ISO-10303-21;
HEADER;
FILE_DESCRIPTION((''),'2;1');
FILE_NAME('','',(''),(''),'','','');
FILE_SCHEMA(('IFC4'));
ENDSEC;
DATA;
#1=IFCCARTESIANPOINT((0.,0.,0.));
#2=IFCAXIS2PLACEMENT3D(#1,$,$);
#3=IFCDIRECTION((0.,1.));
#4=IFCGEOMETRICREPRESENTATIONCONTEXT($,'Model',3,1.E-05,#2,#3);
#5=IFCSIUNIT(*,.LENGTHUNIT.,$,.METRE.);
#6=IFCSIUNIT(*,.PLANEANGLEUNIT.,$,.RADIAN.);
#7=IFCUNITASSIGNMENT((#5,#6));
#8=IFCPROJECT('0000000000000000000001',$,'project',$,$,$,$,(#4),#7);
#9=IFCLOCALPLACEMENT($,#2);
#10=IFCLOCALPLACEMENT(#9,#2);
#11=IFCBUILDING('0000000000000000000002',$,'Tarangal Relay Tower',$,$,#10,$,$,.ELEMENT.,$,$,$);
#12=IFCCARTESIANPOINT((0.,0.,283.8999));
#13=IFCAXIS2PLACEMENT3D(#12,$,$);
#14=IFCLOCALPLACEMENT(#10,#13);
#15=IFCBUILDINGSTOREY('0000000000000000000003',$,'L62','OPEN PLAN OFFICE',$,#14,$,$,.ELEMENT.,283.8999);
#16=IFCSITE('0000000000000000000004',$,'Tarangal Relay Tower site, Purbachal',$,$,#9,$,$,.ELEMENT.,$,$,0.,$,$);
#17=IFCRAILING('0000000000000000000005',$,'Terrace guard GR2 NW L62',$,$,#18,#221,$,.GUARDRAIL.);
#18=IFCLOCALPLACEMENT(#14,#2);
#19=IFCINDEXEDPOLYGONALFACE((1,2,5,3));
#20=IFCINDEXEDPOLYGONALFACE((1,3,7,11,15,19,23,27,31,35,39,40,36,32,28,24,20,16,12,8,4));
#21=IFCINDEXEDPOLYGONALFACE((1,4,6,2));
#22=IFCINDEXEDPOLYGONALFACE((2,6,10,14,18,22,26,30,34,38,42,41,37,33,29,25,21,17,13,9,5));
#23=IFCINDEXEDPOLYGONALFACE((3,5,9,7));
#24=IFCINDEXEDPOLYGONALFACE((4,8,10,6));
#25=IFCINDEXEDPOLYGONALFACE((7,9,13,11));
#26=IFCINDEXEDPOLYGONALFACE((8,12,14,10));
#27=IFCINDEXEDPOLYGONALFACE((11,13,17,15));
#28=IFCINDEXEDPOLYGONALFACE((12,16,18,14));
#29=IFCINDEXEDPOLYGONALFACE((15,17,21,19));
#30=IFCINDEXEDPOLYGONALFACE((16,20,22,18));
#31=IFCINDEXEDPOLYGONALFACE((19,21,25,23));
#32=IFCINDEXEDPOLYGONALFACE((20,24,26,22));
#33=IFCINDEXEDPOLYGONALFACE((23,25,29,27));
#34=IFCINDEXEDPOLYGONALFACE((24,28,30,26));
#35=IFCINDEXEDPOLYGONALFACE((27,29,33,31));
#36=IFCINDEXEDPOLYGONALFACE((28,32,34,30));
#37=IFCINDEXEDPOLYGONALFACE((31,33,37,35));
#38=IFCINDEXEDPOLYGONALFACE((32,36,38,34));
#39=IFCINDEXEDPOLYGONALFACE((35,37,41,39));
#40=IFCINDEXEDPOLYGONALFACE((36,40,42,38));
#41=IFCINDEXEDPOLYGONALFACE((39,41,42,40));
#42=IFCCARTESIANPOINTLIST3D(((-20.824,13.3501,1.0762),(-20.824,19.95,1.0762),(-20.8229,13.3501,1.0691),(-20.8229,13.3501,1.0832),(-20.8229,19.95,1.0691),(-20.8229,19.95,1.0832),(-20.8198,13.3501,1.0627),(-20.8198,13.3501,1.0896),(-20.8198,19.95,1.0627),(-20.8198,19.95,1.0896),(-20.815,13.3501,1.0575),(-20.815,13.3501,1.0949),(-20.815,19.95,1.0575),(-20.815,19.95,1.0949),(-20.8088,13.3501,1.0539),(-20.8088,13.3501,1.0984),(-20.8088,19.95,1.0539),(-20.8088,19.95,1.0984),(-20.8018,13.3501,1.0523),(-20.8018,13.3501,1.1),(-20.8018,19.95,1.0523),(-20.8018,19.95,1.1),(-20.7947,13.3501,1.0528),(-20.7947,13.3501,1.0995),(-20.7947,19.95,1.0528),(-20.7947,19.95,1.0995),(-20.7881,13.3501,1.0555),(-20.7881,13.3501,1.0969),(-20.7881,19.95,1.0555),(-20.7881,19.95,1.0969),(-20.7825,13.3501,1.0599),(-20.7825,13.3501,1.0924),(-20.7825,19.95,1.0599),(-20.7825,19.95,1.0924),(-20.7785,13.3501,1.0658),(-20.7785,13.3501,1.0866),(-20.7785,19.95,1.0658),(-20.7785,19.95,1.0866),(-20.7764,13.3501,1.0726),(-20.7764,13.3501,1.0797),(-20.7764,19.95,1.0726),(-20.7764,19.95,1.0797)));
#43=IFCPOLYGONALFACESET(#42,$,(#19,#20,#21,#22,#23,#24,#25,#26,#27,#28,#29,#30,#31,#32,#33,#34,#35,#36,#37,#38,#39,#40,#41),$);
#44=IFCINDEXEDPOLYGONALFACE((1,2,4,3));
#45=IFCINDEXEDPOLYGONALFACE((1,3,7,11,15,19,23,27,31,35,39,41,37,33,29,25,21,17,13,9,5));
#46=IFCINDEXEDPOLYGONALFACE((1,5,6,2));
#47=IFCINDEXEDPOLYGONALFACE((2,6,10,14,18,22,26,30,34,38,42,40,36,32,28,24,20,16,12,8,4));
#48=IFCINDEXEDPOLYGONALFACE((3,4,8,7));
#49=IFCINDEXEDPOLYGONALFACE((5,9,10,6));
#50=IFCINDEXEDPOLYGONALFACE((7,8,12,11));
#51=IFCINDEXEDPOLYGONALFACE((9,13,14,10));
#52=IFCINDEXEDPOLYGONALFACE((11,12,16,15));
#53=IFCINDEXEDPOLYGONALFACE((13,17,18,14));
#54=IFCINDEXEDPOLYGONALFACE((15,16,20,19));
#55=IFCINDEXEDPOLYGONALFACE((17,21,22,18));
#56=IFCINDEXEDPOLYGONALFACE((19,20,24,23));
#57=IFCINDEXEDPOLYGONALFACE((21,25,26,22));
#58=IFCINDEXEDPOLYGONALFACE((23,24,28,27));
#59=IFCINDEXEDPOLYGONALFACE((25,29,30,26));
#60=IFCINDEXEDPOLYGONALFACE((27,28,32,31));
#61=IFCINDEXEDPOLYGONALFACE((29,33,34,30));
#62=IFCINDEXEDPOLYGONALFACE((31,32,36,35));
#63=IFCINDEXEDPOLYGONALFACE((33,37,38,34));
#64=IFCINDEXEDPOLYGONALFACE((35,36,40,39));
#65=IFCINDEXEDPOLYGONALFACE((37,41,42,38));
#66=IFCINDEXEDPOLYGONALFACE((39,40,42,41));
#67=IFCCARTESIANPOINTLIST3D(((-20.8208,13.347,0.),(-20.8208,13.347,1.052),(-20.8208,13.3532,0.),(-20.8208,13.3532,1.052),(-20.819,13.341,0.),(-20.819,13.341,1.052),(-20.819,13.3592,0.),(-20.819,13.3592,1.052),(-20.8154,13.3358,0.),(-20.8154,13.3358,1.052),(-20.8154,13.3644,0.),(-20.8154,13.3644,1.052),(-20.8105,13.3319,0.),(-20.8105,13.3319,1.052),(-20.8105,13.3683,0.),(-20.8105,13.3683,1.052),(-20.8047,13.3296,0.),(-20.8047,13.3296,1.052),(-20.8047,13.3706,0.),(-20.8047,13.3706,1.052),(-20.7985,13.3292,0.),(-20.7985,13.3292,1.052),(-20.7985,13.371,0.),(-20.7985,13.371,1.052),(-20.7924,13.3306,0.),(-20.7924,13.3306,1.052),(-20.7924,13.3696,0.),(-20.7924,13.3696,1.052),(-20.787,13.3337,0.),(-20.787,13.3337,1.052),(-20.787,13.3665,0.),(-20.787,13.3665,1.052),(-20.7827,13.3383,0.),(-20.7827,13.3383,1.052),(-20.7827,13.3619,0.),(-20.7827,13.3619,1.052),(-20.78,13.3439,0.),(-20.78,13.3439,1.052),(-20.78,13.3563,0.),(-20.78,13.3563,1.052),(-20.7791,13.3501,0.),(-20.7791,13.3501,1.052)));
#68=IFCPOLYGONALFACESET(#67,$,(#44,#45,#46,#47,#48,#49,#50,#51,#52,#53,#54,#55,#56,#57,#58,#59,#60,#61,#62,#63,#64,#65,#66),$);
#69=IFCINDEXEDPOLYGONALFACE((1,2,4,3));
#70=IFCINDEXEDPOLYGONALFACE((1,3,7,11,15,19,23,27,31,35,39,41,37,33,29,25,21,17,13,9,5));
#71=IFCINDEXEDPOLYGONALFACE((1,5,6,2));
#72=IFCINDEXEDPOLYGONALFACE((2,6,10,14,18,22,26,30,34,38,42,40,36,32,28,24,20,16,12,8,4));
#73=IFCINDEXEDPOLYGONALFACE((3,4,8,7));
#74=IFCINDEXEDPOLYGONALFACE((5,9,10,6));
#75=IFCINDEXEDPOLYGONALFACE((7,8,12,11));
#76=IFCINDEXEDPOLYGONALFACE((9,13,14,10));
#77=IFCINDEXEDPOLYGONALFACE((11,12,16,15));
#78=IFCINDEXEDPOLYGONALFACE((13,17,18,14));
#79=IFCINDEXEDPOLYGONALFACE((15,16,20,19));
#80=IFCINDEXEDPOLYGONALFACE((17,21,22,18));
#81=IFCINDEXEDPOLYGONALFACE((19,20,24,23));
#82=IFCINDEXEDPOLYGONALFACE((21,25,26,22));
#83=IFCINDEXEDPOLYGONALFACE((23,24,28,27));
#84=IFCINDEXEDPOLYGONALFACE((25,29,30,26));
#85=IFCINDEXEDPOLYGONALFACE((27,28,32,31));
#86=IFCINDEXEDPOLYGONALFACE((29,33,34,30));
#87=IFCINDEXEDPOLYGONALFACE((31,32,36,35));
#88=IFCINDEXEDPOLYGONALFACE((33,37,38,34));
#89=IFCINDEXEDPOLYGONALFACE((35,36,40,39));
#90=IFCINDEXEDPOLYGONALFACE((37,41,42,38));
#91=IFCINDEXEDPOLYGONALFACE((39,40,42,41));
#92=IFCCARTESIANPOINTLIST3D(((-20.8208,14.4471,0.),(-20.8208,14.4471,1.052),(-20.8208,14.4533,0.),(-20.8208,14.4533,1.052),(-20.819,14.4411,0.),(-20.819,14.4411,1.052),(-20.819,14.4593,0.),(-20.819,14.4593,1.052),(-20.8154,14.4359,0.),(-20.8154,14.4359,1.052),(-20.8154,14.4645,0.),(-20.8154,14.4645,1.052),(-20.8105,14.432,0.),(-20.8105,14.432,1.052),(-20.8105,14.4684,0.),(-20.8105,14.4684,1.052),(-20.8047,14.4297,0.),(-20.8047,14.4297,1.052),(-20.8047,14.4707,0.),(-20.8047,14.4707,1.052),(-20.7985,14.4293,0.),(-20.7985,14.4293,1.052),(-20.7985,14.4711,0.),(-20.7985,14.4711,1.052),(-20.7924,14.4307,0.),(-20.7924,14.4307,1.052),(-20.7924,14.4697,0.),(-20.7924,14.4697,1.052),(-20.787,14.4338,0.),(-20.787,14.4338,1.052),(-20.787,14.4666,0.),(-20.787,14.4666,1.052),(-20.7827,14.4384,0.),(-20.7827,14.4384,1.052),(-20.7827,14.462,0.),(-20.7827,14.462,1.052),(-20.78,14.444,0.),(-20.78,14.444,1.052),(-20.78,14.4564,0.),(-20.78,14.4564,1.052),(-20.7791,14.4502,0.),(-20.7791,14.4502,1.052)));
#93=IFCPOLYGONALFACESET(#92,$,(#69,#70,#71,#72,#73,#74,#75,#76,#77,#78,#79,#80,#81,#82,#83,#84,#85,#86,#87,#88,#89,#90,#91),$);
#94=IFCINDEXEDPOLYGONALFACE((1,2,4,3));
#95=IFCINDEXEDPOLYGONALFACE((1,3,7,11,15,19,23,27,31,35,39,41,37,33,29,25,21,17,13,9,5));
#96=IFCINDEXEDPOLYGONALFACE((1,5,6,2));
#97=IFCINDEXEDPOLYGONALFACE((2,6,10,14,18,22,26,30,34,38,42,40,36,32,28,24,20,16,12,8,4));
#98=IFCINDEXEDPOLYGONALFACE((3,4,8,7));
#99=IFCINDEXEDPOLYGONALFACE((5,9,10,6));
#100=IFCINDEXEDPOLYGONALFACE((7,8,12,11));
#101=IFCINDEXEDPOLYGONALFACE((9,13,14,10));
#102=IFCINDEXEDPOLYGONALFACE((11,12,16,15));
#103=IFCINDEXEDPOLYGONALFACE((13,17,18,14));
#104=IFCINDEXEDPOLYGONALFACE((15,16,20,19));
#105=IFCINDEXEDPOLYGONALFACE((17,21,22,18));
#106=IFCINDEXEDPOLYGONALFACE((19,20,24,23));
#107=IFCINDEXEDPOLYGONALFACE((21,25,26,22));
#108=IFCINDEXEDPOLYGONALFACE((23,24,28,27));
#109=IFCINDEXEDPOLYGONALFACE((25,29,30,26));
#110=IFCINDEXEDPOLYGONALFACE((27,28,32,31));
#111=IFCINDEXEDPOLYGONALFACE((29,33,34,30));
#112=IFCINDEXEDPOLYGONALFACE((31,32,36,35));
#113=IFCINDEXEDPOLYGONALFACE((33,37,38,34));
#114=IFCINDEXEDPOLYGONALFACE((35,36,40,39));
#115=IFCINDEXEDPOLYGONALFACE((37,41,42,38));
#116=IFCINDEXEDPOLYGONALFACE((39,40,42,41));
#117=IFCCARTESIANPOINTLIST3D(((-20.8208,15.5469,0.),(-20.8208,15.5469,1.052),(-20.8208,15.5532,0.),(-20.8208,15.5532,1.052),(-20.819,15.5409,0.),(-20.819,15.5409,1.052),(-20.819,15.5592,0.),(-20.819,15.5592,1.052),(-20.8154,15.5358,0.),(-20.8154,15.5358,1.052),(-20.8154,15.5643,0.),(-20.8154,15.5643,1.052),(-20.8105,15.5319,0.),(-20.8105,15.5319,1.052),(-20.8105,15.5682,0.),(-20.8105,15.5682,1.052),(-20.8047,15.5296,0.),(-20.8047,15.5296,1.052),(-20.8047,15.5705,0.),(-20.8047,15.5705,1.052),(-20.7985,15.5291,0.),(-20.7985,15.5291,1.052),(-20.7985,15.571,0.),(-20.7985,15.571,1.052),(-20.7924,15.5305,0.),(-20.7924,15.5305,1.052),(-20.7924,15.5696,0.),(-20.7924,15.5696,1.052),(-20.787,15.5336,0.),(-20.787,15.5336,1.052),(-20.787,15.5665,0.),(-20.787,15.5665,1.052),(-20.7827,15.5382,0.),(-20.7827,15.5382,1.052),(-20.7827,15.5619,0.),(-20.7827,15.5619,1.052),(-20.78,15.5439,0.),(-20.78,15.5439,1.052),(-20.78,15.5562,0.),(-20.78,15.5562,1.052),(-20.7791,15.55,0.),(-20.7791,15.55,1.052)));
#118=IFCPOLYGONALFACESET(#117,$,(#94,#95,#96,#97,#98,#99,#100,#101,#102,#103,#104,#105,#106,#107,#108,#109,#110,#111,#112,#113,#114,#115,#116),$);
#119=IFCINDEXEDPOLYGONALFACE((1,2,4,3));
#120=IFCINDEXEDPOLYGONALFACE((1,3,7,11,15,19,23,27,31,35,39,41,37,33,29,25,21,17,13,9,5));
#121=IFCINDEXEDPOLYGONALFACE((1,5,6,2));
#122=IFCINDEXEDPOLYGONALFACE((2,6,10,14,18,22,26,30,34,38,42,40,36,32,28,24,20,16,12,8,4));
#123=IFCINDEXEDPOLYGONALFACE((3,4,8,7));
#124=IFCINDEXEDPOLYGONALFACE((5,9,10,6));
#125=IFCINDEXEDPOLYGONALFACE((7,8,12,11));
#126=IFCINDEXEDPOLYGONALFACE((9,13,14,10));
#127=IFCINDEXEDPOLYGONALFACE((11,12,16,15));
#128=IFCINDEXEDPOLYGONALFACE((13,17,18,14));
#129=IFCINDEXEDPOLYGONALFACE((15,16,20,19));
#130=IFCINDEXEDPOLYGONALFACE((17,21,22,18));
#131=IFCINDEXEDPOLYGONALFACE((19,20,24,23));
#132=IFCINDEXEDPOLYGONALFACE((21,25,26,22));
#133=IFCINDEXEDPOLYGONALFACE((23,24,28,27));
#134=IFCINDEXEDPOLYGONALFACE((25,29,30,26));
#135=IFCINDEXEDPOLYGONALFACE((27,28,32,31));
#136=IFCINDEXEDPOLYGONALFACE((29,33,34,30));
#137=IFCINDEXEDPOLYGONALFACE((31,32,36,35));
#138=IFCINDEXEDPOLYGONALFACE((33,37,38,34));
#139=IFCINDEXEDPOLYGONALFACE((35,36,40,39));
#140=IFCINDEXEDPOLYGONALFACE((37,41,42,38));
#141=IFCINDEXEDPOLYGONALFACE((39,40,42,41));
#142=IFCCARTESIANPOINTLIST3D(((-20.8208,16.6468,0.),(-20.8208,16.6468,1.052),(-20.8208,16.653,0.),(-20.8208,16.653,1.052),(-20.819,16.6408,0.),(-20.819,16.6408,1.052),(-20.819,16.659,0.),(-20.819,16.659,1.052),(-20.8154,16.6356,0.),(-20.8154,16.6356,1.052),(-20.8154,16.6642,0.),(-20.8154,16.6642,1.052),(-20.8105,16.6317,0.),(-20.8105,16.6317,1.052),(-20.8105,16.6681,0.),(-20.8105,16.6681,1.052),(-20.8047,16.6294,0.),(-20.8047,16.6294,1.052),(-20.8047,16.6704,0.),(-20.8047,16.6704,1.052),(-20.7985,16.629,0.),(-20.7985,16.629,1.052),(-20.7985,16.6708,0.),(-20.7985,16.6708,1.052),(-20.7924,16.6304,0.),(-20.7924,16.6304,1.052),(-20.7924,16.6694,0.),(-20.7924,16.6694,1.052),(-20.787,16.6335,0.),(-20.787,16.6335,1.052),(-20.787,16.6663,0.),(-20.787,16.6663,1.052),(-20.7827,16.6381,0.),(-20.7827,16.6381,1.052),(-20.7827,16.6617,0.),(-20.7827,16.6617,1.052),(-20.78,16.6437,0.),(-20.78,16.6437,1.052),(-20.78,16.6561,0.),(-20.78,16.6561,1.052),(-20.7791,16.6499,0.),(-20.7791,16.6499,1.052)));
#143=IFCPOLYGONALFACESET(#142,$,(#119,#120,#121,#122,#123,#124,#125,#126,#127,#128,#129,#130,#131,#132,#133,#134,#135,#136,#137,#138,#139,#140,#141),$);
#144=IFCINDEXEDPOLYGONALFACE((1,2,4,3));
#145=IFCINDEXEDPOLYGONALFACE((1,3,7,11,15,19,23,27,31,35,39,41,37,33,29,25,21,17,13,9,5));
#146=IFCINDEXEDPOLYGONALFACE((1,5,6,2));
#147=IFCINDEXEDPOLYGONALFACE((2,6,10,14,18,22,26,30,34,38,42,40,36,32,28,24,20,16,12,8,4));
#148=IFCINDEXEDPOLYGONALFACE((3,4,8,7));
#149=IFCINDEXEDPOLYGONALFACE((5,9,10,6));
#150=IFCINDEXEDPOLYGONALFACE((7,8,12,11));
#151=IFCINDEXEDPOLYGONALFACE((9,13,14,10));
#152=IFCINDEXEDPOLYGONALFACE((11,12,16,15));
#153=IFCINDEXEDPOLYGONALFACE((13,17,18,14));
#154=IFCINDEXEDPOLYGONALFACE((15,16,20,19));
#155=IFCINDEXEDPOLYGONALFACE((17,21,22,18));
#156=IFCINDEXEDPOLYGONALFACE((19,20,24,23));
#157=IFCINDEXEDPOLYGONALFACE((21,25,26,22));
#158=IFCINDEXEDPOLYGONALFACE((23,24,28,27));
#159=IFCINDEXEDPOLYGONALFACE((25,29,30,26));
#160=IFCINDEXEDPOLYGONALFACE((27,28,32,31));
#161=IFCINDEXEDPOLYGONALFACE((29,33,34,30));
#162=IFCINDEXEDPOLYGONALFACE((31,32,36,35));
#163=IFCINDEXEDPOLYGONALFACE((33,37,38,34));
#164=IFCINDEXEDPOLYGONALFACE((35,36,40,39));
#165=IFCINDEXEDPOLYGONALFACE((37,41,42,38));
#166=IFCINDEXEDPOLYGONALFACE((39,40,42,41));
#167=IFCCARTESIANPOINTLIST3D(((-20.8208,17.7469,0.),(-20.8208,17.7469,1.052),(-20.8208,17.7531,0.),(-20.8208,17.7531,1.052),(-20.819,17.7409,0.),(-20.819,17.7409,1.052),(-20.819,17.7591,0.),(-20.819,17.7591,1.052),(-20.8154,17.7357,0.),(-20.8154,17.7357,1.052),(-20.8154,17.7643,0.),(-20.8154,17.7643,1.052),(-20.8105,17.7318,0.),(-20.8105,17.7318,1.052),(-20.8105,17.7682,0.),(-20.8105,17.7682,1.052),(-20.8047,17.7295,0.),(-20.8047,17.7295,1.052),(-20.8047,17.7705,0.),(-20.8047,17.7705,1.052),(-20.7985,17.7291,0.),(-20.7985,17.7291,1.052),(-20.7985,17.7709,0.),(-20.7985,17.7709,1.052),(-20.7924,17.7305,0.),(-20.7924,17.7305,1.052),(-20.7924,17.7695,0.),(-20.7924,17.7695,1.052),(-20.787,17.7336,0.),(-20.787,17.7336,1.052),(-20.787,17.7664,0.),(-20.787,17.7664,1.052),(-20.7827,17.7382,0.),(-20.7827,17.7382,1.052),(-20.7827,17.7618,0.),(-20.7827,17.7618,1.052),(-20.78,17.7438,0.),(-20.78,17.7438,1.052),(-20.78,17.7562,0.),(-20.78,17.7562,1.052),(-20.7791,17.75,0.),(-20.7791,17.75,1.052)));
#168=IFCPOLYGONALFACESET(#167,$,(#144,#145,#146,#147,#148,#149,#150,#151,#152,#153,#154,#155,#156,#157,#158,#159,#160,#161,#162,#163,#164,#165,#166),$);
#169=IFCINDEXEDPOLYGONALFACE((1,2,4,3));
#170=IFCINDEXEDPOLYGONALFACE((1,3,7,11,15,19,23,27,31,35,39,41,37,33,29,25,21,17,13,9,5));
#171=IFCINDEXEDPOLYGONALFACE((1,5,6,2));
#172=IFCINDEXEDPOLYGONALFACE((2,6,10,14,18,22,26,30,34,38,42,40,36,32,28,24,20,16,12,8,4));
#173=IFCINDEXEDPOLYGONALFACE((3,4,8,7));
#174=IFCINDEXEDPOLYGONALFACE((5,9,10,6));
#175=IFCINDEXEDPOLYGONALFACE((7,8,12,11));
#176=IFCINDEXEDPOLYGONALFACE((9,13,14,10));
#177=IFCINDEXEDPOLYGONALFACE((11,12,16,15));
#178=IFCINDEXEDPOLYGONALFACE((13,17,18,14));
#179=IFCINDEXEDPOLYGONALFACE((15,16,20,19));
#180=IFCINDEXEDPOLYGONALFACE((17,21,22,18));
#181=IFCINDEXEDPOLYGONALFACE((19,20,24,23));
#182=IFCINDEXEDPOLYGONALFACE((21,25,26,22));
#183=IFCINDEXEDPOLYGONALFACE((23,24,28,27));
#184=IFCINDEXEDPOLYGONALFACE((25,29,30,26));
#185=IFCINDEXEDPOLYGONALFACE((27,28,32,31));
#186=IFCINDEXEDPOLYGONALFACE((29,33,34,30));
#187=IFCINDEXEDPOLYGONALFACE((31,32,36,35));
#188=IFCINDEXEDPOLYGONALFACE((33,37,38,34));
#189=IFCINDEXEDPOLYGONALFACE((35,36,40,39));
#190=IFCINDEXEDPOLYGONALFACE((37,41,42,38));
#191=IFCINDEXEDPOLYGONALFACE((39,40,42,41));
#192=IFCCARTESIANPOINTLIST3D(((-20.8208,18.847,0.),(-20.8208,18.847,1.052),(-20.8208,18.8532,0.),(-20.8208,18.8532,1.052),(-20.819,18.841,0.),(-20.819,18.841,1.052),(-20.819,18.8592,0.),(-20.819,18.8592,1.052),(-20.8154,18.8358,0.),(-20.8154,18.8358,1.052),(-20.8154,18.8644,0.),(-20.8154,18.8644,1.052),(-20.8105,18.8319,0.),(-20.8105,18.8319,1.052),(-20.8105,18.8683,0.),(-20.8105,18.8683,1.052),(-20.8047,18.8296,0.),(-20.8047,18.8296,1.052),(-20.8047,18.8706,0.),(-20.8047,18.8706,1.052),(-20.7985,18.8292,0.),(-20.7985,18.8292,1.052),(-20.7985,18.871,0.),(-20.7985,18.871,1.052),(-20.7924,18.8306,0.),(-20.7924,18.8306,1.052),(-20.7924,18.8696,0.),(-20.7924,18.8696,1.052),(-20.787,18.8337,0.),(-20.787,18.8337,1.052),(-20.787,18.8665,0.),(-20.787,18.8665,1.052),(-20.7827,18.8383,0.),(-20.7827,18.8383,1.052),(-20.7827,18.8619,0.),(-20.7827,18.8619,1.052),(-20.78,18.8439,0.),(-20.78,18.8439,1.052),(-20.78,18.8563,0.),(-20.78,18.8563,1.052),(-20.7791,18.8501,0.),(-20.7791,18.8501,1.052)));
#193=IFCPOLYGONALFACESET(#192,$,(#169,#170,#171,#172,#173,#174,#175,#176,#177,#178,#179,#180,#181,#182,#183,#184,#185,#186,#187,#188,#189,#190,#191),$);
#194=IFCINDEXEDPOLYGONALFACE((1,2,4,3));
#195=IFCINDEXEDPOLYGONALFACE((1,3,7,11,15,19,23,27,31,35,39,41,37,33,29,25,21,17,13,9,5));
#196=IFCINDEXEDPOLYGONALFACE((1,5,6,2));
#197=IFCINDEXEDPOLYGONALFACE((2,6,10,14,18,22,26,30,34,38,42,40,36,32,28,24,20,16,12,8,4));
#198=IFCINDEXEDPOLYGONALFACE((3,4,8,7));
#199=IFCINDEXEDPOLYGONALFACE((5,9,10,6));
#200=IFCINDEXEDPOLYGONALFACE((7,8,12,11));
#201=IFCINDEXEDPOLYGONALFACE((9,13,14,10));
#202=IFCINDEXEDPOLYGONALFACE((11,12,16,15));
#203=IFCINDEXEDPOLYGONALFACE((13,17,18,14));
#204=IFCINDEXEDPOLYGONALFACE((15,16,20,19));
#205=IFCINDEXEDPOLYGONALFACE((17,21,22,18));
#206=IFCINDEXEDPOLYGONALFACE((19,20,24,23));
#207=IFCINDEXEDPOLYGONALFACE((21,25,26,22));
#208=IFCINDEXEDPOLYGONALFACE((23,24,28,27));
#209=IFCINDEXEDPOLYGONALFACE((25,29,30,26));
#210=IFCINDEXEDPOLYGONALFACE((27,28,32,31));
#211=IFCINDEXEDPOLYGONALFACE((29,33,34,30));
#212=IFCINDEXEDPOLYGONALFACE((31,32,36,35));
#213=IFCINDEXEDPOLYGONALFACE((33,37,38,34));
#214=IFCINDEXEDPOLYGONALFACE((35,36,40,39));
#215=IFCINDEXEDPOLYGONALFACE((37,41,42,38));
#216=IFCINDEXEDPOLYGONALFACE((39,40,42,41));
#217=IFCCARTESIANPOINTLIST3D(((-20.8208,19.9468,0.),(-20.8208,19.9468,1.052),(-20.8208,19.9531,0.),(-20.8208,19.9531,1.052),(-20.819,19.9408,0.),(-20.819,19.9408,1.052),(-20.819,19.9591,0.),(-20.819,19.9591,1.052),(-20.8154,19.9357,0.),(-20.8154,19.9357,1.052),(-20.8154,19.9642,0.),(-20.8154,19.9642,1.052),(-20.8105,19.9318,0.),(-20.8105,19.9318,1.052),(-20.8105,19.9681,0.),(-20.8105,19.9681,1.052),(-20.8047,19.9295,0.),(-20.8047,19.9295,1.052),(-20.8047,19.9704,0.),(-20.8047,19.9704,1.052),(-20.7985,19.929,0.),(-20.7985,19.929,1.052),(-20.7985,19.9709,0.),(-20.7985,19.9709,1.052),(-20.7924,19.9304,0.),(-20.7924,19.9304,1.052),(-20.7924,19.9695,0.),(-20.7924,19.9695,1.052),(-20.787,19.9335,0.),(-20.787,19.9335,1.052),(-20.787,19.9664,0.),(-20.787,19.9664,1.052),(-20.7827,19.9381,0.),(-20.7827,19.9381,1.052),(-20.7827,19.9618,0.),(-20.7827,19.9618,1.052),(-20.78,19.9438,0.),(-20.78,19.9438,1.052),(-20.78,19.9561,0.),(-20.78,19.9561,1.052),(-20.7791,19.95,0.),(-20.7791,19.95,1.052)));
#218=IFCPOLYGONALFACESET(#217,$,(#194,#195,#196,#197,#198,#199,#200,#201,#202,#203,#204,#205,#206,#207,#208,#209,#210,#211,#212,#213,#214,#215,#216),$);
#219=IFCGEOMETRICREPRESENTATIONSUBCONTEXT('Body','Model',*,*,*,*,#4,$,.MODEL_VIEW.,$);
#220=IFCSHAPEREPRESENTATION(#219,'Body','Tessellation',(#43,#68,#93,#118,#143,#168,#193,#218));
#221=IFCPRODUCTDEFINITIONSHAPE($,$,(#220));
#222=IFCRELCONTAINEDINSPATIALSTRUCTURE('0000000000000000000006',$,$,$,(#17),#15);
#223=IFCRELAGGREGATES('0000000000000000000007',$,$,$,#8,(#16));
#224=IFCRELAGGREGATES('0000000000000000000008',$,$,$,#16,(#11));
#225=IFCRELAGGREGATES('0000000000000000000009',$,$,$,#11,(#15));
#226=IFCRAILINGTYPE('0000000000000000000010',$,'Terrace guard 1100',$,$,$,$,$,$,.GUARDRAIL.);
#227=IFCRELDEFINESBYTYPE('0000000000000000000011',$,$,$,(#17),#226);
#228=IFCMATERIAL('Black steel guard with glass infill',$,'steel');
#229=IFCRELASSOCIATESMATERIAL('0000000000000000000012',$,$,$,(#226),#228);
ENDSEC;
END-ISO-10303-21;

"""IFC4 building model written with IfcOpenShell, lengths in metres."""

from ifc_helpers import new_model, si_unit, direction, frame, origin, origin_2d, place, context, subcontext, project, spatial, circle, extrude, material, type_object, element, save


model = new_model("IFC4")

# Units and contexts
model_context = context("Model", 3, precision=1e-05, world=origin(), true_north=direction((0.0, 1.0)))
body_context = subcontext(model_context, "Body", "Model", "MODEL_VIEW")
ifc_project = project(units=[si_unit("LENGTHUNIT", "METRE"), si_unit("PLANEANGLEUNIT", "RADIAN")], contexts=[model_context])

# Site, building, storey
site_placement = place(None, origin())
site = spatial("IfcSite", under=ifc_project, at=site_placement, Name="Tarangal Relay Tower site, Purbachal", CompositionType="ELEMENT", RefElevation=0.0)
building_placement = place(site_placement, origin())
building = spatial("IfcBuilding", under=site, at=building_placement, Name="Tarangal Relay Tower", CompositionType="ELEMENT")
storey_placement = place(building_placement, frame((0.0, 0.0, 283.8999)))
storey = spatial("IfcBuildingStorey", under=building, at=storey_placement, Name="L62", Description="OPEN PLAN OFFICE", CompositionType="ELEMENT", Elevation=283.8999)

# Railing
ifc_material_1 = material(Name="Black steel guard with glass infill", Category="steel")
railing_type = type_object("IfcRailingType", Name="Terrace guard 1100", PredefinedType="GUARDRAIL", material=ifc_material_1)
railing_1_placement = place(storey_placement, frame((-20.8, 13.3501, 0.0)))
element("IfcRailing", 1, at=railing_1_placement, inside=storey, type_object=railing_type, Name="Terrace guard GR2 NW L62", PredefinedType="GUARDRAIL", context=body_context, shape_type="SweptSolid", body=[
    extrude(circle(Radius=0.0239, at=origin_2d()), frame((0.0, 0.0, 1.0762), z_axis=(0.0, 1.0, 0.0), x_axis=(-1.0, 0.0, 0.0)), (0.0, 0.0, 1.0), 6.5999),
    extrude(circle(Radius=0.021, at=origin_2d()), origin(), (0.0, 0.0, 1.0), 1.052),
    extrude(circle(Radius=0.021, at=origin_2d()), frame((0.0, 1.1001, 0.0)), (0.0, 0.0, 1.0), 1.052),
    extrude(circle(Radius=0.021, at=origin_2d()), frame((0.0, 2.2, 0.0)), (0.0, 0.0, 1.0), 1.052),
    extrude(circle(Radius=0.021, at=origin_2d()), frame((0.0, 3.2998, 0.0)), (0.0, 0.0, 1.0), 1.052),
    extrude(circle(Radius=0.021, at=origin_2d()), frame((0.0, 4.3999, 0.0)), (0.0, 0.0, 1.0), 1.052),
    extrude(circle(Radius=0.021, at=origin_2d()), frame((0.0, 5.5, 0.0)), (0.0, 0.0, 1.0), 1.052),
    extrude(circle(Radius=0.021, at=origin_2d()), frame((0.0, 6.5999, 0.0)), (0.0, 0.0, 1.0), 1.052),
])

save(model, "model.ifc")
